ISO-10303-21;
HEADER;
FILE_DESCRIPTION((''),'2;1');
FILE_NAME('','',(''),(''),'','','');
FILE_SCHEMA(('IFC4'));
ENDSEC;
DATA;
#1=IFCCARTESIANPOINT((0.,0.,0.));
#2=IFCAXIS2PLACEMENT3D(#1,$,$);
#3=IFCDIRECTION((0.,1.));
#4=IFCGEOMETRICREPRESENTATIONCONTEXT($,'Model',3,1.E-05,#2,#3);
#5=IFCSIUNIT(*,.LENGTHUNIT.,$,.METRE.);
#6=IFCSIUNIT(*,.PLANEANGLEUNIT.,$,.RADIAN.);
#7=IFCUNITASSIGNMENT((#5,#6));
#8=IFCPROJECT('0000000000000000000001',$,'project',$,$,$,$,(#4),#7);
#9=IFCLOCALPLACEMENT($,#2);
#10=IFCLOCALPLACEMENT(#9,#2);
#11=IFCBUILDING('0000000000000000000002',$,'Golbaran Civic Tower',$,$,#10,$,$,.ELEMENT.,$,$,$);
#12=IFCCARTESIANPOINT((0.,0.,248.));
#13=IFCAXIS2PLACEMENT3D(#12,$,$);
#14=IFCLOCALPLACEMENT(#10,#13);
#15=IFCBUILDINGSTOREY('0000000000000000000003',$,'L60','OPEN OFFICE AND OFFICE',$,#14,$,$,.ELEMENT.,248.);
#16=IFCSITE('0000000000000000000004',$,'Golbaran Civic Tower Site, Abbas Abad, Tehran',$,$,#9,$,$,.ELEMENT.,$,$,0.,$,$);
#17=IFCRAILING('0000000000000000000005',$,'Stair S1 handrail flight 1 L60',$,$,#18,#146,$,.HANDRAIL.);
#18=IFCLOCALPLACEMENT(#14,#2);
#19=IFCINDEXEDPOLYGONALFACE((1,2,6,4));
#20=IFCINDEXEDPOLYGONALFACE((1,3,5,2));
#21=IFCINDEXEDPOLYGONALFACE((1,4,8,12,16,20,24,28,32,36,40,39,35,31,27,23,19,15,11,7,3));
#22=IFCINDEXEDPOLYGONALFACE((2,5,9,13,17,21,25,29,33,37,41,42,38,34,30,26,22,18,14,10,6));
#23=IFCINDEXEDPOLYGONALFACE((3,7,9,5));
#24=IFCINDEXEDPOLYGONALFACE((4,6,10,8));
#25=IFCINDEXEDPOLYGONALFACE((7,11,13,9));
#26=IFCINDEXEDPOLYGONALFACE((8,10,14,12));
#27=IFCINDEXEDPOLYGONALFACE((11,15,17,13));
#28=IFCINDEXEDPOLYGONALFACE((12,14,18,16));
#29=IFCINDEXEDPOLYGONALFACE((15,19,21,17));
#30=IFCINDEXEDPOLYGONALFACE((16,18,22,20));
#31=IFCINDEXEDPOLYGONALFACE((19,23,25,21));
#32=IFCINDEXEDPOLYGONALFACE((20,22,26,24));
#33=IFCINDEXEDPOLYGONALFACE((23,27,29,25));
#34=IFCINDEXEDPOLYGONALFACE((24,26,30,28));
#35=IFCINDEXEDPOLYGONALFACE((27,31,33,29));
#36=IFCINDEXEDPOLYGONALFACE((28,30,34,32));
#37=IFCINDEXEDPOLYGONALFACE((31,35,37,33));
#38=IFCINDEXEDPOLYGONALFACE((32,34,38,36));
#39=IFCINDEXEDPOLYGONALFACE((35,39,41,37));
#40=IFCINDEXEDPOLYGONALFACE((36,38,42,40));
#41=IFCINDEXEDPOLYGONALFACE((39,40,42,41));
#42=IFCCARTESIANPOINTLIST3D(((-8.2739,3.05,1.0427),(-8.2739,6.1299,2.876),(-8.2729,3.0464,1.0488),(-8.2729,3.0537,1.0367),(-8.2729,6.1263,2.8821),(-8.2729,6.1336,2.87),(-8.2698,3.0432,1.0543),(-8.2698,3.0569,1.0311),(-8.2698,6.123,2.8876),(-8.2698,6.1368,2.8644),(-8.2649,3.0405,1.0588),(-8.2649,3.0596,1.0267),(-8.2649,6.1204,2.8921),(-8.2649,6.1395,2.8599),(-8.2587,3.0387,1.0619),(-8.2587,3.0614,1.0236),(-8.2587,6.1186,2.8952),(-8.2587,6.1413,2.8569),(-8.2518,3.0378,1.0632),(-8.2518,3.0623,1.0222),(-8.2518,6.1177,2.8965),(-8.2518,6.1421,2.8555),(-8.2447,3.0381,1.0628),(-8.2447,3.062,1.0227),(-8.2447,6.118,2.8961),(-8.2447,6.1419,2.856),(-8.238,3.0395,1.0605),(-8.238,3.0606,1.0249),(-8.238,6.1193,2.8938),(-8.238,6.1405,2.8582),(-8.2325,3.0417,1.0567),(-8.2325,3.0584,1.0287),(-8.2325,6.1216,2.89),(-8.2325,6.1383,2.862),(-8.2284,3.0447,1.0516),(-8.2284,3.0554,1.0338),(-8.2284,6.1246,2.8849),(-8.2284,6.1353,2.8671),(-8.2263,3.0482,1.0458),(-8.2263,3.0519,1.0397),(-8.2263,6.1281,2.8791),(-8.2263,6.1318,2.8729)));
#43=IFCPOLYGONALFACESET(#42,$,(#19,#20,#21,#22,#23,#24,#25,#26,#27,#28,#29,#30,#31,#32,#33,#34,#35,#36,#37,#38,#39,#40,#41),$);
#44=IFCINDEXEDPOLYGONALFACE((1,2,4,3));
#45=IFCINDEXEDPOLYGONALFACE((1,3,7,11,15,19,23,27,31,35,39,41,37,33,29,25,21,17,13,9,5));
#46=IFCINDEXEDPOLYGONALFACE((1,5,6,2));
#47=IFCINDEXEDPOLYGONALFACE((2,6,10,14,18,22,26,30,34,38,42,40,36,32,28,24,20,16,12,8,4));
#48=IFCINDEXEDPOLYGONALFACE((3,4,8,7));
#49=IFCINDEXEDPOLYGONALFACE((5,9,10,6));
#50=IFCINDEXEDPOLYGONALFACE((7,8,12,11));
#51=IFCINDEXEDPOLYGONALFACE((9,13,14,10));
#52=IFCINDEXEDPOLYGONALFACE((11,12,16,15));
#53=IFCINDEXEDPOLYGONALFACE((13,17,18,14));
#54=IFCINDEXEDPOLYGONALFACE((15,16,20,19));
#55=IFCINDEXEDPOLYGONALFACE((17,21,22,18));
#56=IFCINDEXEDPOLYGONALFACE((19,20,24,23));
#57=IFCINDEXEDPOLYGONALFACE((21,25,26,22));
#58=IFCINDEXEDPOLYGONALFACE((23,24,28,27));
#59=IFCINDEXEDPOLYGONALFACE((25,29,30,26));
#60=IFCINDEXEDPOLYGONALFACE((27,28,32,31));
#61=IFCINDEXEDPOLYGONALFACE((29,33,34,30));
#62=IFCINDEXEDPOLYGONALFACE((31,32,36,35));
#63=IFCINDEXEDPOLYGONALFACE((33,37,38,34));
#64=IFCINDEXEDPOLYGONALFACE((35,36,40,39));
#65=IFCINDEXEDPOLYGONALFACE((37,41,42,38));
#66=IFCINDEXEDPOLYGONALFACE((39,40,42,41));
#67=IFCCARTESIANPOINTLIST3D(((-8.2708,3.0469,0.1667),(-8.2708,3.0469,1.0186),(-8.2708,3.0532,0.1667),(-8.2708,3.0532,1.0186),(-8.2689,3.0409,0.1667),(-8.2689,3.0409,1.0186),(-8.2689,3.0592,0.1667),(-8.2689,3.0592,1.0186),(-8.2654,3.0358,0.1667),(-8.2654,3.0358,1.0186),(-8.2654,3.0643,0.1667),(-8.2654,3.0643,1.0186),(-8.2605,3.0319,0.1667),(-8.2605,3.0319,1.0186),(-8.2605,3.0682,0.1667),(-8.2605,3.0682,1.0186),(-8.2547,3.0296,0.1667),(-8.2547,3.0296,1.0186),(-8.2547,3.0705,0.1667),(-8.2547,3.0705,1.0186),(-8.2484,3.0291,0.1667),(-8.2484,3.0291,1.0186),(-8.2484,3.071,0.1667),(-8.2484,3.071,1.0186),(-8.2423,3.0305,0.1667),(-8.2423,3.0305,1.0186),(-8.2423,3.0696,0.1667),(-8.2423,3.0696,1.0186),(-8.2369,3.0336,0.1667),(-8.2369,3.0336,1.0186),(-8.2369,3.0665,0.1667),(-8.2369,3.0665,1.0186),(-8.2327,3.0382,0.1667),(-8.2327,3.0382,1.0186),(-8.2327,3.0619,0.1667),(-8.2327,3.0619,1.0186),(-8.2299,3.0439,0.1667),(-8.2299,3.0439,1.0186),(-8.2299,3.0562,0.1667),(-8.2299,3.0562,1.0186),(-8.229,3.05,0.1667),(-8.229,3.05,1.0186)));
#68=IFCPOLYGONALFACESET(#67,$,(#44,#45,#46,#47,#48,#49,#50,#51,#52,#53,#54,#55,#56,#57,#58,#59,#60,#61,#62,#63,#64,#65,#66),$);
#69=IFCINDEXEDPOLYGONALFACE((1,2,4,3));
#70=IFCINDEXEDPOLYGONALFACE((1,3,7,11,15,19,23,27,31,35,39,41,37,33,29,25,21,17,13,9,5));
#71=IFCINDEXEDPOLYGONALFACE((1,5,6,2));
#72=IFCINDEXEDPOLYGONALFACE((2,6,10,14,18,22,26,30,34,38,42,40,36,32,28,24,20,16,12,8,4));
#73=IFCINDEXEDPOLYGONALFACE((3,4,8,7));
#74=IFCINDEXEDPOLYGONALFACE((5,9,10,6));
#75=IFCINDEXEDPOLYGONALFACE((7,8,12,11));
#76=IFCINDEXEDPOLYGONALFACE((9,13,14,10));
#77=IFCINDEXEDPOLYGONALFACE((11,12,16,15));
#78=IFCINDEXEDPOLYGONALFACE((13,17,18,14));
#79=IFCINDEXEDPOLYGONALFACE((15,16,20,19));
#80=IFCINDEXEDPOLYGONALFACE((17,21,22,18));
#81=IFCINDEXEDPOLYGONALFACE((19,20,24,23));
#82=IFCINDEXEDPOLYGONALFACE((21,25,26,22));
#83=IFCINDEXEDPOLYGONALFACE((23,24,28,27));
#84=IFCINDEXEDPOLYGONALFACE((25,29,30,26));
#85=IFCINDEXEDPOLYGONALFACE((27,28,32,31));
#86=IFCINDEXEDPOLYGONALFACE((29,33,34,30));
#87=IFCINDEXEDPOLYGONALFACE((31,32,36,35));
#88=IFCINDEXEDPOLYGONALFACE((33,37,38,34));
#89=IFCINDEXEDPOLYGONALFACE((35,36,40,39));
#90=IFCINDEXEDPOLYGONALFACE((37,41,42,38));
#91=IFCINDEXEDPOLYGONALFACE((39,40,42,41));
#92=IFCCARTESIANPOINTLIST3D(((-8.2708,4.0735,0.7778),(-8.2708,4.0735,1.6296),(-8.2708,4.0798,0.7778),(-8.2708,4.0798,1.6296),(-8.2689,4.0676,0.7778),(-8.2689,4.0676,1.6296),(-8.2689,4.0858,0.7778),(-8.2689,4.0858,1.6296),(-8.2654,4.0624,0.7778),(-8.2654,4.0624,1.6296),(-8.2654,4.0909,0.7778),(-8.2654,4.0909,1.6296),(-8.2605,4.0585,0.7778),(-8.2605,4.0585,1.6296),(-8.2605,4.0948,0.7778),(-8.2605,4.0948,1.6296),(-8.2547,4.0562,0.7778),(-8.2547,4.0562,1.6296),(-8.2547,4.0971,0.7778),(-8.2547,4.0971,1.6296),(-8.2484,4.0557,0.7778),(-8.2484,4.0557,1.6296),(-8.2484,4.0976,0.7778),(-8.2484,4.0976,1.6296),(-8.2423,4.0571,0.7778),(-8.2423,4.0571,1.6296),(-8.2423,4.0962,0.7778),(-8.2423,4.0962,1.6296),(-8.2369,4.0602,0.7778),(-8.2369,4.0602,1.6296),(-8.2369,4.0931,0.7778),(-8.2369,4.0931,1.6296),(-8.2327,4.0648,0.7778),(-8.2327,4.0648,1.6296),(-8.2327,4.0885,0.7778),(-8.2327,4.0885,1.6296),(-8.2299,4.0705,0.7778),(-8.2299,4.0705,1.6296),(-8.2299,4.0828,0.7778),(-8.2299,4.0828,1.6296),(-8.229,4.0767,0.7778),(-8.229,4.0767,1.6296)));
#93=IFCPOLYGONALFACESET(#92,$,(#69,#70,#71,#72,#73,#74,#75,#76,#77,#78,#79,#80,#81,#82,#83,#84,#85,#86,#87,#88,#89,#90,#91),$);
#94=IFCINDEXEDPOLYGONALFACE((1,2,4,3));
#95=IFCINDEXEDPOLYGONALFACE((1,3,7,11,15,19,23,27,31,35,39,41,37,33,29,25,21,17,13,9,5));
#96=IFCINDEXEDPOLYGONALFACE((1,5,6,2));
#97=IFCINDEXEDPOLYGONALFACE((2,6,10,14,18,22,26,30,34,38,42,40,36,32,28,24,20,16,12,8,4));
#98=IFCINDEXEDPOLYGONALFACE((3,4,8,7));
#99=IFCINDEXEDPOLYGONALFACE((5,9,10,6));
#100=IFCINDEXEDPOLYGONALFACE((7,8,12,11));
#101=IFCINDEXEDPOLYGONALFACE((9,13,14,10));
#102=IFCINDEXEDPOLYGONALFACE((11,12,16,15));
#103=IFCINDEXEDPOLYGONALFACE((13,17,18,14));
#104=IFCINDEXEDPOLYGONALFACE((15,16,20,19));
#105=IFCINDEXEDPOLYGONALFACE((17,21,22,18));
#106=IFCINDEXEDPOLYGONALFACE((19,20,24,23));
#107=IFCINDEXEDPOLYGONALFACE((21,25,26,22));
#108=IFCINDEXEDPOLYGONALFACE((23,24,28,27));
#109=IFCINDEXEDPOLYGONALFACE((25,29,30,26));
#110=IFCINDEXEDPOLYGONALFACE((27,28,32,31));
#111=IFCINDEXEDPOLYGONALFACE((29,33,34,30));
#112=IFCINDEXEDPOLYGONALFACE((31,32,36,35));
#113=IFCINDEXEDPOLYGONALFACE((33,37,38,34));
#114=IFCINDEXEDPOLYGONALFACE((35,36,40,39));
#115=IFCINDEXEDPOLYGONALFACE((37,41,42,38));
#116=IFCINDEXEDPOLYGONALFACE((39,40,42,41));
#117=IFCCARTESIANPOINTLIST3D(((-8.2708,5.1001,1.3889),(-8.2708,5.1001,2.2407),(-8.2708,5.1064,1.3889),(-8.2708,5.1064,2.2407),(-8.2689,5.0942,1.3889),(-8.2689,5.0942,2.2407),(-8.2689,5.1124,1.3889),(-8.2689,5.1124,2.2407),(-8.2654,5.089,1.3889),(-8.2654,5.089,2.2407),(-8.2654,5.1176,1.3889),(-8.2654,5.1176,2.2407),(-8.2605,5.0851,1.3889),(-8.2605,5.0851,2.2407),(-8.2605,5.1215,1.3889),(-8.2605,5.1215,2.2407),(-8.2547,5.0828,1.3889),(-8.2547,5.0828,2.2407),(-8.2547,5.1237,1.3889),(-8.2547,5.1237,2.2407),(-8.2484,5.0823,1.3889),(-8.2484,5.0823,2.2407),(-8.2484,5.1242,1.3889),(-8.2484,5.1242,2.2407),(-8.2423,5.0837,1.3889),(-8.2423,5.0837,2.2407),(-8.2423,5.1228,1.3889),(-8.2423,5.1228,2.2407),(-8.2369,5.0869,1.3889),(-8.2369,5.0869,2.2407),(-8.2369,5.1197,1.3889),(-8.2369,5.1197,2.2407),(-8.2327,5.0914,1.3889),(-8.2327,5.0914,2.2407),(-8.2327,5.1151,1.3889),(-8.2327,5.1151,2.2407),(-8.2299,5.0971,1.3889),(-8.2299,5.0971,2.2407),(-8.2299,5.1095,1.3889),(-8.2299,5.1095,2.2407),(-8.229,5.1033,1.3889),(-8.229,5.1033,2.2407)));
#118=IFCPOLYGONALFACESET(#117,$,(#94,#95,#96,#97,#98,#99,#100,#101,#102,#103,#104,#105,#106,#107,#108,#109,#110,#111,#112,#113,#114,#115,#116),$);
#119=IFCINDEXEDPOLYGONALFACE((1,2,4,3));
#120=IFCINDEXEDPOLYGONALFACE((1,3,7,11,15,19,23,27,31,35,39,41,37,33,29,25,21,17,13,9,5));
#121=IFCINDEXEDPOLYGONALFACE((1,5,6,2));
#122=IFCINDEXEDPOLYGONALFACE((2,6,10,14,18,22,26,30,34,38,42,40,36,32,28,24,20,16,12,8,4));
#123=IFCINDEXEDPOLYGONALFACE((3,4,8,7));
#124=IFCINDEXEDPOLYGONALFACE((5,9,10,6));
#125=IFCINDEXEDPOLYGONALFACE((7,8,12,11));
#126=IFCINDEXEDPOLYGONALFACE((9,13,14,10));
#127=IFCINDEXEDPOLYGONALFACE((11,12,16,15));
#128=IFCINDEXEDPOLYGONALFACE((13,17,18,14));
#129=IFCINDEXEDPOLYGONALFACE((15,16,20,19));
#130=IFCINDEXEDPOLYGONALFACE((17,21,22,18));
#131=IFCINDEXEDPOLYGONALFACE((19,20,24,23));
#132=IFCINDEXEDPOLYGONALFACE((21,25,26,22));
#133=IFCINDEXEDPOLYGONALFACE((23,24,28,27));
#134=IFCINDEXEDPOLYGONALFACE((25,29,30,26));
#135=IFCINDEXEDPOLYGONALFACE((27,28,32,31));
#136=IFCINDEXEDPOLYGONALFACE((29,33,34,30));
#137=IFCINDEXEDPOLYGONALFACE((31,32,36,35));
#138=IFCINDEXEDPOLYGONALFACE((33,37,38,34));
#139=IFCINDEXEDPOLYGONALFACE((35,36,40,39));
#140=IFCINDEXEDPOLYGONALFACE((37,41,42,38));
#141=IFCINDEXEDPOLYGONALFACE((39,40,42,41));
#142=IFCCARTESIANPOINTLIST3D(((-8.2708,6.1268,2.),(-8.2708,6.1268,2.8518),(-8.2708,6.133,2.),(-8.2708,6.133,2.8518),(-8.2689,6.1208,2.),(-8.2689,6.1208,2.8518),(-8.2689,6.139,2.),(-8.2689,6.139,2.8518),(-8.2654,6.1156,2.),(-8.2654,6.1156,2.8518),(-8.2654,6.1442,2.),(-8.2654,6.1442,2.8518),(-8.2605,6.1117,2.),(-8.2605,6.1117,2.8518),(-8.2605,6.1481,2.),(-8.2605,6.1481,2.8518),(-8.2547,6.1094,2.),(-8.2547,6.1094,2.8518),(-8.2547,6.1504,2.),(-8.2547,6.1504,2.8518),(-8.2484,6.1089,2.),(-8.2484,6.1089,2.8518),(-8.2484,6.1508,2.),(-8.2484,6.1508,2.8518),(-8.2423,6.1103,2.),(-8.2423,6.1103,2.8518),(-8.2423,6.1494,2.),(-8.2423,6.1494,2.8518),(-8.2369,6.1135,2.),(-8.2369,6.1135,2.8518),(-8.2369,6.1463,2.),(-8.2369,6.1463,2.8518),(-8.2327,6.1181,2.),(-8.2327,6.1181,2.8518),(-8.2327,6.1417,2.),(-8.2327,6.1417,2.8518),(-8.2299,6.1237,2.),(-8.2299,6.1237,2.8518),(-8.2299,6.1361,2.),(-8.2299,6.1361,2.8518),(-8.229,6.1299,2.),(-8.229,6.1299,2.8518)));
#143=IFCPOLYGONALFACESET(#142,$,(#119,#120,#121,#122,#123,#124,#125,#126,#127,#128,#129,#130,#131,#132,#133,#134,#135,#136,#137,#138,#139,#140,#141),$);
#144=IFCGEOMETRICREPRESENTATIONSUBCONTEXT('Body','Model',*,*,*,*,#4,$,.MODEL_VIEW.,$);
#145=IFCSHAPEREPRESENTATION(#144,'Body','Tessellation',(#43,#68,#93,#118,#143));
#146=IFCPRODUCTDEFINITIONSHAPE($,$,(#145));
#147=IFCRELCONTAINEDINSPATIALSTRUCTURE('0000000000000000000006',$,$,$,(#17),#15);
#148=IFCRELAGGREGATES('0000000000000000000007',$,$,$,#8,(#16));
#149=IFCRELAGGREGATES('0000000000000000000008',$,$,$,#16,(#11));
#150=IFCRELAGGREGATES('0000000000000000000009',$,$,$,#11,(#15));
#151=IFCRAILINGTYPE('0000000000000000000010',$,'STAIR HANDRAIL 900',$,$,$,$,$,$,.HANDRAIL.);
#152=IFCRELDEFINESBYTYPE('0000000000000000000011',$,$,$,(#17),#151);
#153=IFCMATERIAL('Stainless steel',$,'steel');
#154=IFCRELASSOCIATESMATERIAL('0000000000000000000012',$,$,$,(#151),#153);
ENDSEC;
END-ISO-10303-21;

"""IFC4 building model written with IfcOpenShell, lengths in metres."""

from ifc_helpers import new_model, si_unit, direction, frame, origin, origin_2d, place, context, subcontext, project, spatial, circle, extrude, material, type_object, element, save


model = new_model("IFC4")

# Units and contexts
model_context = context("Model", 3, precision=1e-05, world=origin(), true_north=direction((0.0, 1.0)))
body_context = subcontext(model_context, "Body", "Model", "MODEL_VIEW")
ifc_project = project(units=[si_unit("LENGTHUNIT", "METRE"), si_unit("PLANEANGLEUNIT", "RADIAN")], contexts=[model_context])

# Site, building, storey
site_placement = place(None, origin())
site = spatial("IfcSite", under=ifc_project, at=site_placement, Name="Golbaran Civic Tower Site, Abbas Abad, Tehran", CompositionType="ELEMENT", RefElevation=0.0)
building_placement = place(site_placement, origin())
building = spatial("IfcBuilding", under=site, at=building_placement, Name="Golbaran Civic Tower", CompositionType="ELEMENT")
storey_placement = place(building_placement, frame((0.0, 0.0, 248.0)))
storey = spatial("IfcBuildingStorey", under=building, at=storey_placement, Name="L60", Description="OPEN OFFICE AND OFFICE", CompositionType="ELEMENT", Elevation=248.0)

# Shared definitions
ifc_material_1 = material(Name="Stainless steel", Category="steel")

# Railing
railing_type = type_object("IfcRailingType", Name="STAIR HANDRAIL 900", PredefinedType="HANDRAIL", material=ifc_material_1)
railing_1_placement = place(storey_placement, frame((-8.25, 3.05, 0.1667)))
element("IfcRailing", 1, at=railing_1_placement, inside=storey, type_object=railing_type, Name="Stair S1 handrail flight 1 L60", PredefinedType="HANDRAIL", context=body_context, shape_type="SweptSolid", body=[
    extrude(circle(Radius=0.0239, at=origin_2d()), frame((0.0, 0.0, 0.876), z_axis=(0.0, 0.859291, 0.511487), x_axis=(-1.0, 0.0, 0.0)), (0.0, 0.0, 1.0), 3.5842),
    extrude(circle(Radius=0.021, at=origin_2d()), origin(), (0.0, 0.0, 1.0), 0.8518),
    extrude(circle(Radius=0.021, at=origin_2d()), frame((0.0, 1.0266, 0.6111)), (0.0, 0.0, 1.0), 0.8518),
    extrude(circle(Radius=0.021, at=origin_2d()), frame((0.0, 2.0532, 1.2222)), (0.0, 0.0, 1.0), 0.8518),
    extrude(circle(Radius=0.021, at=origin_2d()), frame((0.0, 3.0798, 1.8333)), (0.0, 0.0, 1.0), 0.8518),
])

save(model, "model.ifc")
